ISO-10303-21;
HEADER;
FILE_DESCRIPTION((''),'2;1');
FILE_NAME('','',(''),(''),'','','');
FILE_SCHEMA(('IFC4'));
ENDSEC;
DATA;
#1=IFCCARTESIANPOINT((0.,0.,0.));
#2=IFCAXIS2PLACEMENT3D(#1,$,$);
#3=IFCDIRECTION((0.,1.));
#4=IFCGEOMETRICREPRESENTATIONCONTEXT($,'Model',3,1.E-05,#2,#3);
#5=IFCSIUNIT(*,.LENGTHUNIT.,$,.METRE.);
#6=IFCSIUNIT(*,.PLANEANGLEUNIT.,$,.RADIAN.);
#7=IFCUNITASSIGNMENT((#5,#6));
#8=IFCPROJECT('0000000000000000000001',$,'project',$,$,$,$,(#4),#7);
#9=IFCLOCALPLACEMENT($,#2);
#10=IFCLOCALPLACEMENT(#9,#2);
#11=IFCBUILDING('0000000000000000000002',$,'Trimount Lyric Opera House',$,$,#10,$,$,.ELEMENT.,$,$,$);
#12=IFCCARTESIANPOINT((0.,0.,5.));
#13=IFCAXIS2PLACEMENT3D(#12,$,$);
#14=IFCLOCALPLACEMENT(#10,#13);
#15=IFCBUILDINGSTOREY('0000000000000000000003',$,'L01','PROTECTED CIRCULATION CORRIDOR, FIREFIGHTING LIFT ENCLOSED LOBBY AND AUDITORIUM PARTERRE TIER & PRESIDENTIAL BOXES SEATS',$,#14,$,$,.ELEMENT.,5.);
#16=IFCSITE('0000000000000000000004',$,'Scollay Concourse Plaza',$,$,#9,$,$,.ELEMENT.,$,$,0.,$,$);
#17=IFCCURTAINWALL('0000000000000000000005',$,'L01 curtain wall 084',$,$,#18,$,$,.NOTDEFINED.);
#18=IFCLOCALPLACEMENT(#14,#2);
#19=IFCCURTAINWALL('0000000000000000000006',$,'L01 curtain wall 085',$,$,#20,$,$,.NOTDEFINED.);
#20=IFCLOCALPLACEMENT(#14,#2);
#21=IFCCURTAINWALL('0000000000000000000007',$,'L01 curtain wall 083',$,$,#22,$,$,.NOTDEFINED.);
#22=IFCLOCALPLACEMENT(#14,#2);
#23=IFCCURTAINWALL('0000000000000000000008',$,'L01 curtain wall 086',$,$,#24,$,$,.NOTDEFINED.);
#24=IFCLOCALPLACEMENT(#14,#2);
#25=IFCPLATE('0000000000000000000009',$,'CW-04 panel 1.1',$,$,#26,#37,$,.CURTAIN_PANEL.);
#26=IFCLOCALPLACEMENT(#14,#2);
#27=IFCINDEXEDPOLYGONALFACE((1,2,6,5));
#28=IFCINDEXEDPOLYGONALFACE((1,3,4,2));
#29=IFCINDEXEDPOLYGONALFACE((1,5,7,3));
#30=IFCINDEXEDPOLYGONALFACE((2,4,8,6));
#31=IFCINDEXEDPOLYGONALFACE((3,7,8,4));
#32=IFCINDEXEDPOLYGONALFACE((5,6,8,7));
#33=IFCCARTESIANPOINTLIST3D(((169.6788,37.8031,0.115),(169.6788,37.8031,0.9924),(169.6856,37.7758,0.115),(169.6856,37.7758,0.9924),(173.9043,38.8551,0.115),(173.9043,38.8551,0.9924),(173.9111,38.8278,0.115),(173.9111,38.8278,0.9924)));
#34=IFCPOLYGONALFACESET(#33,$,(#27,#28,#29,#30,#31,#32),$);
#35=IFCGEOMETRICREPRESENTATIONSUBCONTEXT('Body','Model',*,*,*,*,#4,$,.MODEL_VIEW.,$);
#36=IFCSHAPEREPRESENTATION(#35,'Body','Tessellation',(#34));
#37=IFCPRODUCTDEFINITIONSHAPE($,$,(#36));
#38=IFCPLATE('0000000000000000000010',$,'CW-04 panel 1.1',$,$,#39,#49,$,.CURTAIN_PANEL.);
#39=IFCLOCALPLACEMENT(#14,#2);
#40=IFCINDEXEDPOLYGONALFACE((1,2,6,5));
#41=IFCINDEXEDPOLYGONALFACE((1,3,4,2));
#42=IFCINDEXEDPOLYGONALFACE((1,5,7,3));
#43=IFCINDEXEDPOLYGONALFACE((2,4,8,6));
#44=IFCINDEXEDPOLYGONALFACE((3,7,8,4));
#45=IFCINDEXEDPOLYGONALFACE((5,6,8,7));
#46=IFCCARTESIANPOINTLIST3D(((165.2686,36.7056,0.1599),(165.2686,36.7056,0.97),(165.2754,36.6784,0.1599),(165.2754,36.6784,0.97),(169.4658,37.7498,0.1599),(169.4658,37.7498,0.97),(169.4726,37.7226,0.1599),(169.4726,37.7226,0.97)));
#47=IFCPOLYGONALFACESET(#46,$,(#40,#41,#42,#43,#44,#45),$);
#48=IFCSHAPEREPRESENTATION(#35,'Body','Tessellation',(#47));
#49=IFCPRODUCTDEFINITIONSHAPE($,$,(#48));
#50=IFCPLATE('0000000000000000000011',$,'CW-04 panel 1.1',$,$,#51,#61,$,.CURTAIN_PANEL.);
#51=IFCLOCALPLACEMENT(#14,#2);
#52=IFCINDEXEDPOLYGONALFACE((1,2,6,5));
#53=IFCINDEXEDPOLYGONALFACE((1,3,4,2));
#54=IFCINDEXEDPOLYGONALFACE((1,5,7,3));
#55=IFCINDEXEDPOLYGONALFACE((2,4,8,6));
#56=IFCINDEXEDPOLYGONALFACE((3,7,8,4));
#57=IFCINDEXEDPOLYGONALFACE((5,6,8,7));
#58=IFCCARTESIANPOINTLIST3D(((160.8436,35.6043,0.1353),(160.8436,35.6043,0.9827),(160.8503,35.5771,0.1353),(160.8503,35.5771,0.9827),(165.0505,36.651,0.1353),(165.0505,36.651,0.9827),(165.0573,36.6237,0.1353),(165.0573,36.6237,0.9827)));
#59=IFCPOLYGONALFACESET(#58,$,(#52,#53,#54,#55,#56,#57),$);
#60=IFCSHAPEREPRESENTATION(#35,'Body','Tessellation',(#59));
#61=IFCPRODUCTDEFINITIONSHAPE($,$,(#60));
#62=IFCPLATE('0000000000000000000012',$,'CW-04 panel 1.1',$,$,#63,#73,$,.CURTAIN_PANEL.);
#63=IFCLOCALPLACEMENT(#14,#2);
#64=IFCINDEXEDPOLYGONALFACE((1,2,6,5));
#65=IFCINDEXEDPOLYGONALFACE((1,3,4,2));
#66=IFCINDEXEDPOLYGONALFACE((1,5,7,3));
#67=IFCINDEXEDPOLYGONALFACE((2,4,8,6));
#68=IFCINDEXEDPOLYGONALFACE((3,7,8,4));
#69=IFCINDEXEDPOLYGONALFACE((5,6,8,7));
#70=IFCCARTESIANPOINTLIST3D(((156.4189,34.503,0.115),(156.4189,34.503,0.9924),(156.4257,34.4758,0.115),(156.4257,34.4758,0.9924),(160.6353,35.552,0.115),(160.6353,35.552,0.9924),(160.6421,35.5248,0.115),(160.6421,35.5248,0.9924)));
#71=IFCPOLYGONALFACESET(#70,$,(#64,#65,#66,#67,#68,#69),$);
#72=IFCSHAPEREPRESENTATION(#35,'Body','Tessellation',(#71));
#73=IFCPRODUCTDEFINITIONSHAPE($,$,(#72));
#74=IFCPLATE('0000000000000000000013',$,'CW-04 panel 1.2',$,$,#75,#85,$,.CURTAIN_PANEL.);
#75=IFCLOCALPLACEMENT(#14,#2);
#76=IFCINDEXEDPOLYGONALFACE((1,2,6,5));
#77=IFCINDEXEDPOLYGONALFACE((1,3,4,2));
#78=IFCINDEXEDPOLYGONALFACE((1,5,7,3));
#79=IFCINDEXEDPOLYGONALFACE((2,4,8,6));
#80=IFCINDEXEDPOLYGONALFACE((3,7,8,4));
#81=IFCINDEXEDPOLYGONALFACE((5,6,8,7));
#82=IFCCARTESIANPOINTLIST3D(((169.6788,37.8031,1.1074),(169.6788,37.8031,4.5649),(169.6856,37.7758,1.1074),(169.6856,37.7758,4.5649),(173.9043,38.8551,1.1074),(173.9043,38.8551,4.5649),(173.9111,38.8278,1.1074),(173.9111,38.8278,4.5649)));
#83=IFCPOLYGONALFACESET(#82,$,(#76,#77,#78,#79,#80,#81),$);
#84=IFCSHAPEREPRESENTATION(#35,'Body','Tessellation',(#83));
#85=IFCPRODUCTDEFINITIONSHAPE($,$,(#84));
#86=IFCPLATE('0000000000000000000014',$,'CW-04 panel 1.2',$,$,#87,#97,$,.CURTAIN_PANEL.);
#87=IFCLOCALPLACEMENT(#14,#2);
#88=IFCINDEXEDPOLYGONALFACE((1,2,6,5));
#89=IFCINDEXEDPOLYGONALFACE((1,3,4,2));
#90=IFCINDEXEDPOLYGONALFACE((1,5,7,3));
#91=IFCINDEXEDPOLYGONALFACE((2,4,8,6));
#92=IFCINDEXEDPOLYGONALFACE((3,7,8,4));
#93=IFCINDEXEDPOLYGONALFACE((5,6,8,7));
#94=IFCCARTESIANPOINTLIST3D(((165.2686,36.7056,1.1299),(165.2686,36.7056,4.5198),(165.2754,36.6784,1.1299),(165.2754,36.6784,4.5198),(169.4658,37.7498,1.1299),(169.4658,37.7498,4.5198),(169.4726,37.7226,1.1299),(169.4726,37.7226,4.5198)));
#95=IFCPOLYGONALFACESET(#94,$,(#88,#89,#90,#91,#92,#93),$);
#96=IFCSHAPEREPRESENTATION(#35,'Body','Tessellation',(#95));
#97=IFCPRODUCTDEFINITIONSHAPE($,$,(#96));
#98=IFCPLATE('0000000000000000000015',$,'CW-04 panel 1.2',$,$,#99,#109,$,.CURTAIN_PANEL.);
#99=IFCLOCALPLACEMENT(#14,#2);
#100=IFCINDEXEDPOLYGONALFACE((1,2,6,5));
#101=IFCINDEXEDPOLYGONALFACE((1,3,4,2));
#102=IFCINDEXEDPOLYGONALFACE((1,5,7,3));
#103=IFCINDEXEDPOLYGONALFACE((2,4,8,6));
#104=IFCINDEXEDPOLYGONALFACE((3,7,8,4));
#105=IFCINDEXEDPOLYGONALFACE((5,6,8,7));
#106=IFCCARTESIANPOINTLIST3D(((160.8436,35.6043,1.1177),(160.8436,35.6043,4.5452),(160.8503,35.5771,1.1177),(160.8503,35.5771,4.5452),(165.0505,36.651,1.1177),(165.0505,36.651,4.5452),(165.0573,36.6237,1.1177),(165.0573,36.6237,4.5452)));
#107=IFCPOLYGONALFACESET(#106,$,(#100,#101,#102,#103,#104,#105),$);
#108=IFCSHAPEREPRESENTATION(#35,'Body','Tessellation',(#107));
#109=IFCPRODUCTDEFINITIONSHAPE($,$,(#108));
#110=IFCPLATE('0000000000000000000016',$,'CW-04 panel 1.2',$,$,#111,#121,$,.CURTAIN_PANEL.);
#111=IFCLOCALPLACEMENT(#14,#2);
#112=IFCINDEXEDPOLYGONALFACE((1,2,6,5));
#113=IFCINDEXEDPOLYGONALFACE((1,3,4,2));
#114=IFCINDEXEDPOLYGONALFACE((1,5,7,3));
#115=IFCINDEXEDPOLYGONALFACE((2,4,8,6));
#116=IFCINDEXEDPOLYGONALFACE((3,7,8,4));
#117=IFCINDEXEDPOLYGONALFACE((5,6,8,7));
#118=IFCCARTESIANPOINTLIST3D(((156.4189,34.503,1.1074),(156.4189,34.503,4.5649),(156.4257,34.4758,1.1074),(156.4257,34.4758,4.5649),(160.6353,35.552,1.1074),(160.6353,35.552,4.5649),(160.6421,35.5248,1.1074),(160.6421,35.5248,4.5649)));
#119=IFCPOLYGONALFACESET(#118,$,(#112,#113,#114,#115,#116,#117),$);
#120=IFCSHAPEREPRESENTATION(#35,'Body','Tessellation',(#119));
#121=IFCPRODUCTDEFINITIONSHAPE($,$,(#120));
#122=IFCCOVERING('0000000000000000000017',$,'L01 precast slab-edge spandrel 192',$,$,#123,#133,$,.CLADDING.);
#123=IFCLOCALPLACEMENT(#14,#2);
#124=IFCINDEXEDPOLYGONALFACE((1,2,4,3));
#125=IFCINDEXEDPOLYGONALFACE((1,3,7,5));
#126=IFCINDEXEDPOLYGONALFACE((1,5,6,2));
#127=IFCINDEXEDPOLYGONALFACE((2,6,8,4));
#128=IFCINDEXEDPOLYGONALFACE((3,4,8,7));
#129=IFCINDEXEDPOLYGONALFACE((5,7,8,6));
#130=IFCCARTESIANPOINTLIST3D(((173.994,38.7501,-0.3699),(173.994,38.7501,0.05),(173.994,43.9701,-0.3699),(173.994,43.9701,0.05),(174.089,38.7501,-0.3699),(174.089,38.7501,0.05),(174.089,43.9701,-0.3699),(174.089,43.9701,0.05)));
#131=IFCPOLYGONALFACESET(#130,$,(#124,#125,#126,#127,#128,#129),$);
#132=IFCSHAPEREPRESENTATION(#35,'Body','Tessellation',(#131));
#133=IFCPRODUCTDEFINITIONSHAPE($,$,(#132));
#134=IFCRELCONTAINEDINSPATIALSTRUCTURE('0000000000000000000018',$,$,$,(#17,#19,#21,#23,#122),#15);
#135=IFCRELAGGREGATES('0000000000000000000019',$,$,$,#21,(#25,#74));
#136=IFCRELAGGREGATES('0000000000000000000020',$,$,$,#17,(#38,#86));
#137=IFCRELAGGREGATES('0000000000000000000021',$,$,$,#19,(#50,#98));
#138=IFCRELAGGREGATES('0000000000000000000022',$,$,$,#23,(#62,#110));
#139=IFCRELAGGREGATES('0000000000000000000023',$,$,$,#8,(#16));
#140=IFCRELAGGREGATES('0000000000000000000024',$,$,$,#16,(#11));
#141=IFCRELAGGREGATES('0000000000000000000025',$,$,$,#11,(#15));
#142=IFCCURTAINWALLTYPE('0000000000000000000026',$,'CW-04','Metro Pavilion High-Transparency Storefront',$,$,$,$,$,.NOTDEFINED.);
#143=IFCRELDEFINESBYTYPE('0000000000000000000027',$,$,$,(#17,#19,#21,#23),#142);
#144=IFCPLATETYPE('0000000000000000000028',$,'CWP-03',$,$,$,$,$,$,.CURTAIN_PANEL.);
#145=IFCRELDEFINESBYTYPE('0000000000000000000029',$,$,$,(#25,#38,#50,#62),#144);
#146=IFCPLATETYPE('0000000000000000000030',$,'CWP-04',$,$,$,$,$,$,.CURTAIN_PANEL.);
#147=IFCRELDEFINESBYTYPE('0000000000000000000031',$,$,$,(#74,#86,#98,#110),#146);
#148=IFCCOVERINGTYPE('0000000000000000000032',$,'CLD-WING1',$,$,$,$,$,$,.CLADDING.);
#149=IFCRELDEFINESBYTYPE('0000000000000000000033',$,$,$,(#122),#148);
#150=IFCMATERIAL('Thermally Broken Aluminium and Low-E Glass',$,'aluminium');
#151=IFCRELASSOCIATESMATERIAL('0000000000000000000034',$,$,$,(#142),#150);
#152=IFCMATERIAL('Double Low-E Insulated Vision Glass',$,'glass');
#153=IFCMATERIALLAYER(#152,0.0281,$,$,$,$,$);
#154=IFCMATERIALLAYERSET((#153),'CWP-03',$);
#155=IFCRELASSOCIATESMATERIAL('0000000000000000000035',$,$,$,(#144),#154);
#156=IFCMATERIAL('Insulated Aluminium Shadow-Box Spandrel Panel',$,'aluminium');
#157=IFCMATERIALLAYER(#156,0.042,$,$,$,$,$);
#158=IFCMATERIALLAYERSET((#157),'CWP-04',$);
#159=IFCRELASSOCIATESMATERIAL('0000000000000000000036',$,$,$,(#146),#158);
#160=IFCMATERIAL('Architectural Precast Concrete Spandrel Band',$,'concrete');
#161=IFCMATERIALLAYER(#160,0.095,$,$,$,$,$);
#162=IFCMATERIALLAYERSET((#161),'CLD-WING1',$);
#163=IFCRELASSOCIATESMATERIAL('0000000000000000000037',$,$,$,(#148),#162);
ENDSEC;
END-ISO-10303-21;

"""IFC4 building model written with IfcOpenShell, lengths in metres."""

from ifc_helpers import new_model, si_unit, direction, frame, origin, origin_2d, place, context, subcontext, project, spatial, rectangle, extrude, material, layer, layer_set, type_object, element, aggregate, save


model = new_model("IFC4")

# Units and contexts
model_context = context("Model", 3, precision=1e-05, world=origin(), true_north=direction((0.0, 1.0)))
body_context = subcontext(model_context, "Body", "Model", "MODEL_VIEW")
ifc_project = project(units=[si_unit("LENGTHUNIT", "METRE"), si_unit("PLANEANGLEUNIT", "RADIAN")], contexts=[model_context])

# Site, building, storey
site_placement = place(None, origin())
site = spatial("IfcSite", under=ifc_project, at=site_placement, Name="Scollay Concourse Plaza", CompositionType="ELEMENT", RefElevation=0.0)
building_placement = place(site_placement, origin())
building = spatial("IfcBuilding", under=site, at=building_placement, Name="Trimount Lyric Opera House", CompositionType="ELEMENT")
storey_placement = place(building_placement, frame((0.0, 0.0, 5.0)))
storey = spatial("IfcBuildingStorey", under=building, at=storey_placement, Name="L01", Description="PROTECTED CIRCULATION CORRIDOR, FIREFIGHTING LIFT ENCLOSED LOBBY AND AUDITORIUM PARTERRE TIER & PRESIDENTIAL BOXES SEATS", CompositionType="ELEMENT", Elevation=5.0)

# Curtain walls
ifc_material_1 = material(Name="Thermally Broken Aluminium and Low-E Glass", Category="aluminium")
curtain_wall_type = type_object("IfcCurtainWallType", Name="CW-04", Description="Metro Pavilion High-Transparency Storefront", PredefinedType="NOTDEFINED", material=ifc_material_1)
curtain_wall_1_placement = place(storey_placement, origin())
curtain_wall_1 = element("IfcCurtainWall", 1, at=curtain_wall_1_placement, inside=storey, type_object=curtain_wall_type, Name="L01 curtain wall 084", PredefinedType="NOTDEFINED")
curtain_wall_2_placement = place(storey_placement, origin())
curtain_wall_2 = element("IfcCurtainWall", 2, at=curtain_wall_2_placement, inside=storey, type_object=curtain_wall_type, Name="L01 curtain wall 085", PredefinedType="NOTDEFINED")
curtain_wall_3_placement = place(storey_placement, origin())
curtain_wall_3 = element("IfcCurtainWall", 3, at=curtain_wall_3_placement, inside=storey, type_object=curtain_wall_type, Name="L01 curtain wall 083", PredefinedType="NOTDEFINED")

# Curtain wall
curtain_wall_4_placement = place(storey_placement, origin())
curtain_wall_4 = element("IfcCurtainWall", 4, at=curtain_wall_4_placement, inside=storey, type_object=curtain_wall_type, Name="L01 curtain wall 086", PredefinedType="NOTDEFINED")

# Plates
ifc_material_2 = material(Name="Double Low-E Insulated Vision Glass", Category="glass")
ifc_layer_1 = layer(ifc_material_2, 0.0281)
ifc_layer_set_1 = layer_set([ifc_layer_1], Name="CWP-03")
plate_type_1 = type_object("IfcPlateType", Name="CWP-03", PredefinedType="CURTAIN_PANEL", material=ifc_layer_set_1)
plate_1_placement = place(storey_placement, frame((171.7949, 38.3154, 0.115), z_axis=(0.0, 0.0, 1.0), x_axis=(-0.970379, -0.241589, 0.0)))
plate_1 = element("IfcPlate", 5, at=plate_1_placement, type_object=plate_type_1, Name="CW-04 panel 1.1", PredefinedType="CURTAIN_PANEL", context=body_context, shape_type="SweptSolid", body=[
    extrude(rectangle(XDim=4.3545, YDim=0.0281, at=origin_2d()), origin(), (0.0, 0.0, 1.0), 0.8774),
])
plate_2_placement = place(storey_placement, frame((167.3706, 37.2141, 0.1599), z_axis=(0.0, 0.0, 1.0), x_axis=(-0.970419, -0.241429, 0.0)))
plate_2 = element("IfcPlate", 6, at=plate_2_placement, type_object=plate_type_1, Name="CW-04 panel 1.1", PredefinedType="CURTAIN_PANEL", context=body_context, shape_type="SweptSolid", body=[
    extrude(rectangle(XDim=4.3252, YDim=0.0281, at=origin_2d()), origin(), (0.0, 0.0, 1.0), 0.8101),
])
plate_3_placement = place(storey_placement, frame((162.9504, 36.114, 0.1353), z_axis=(0.0, 0.0, 1.0), x_axis=(-0.970419, -0.241429, 0.0)))
plate_3 = element("IfcPlate", 7, at=plate_3_placement, type_object=plate_type_1, Name="CW-04 panel 1.1", PredefinedType="CURTAIN_PANEL", context=body_context, shape_type="SweptSolid", body=[
    extrude(rectangle(XDim=4.3352, YDim=0.0281, at=origin_2d()), origin(), (0.0, 0.0, 1.0), 0.8474),
])
plate_4_placement = place(storey_placement, frame((158.5305, 35.0139, 0.115), z_axis=(0.0, 0.0, 1.0), x_axis=(-0.970419, -0.241429, 0.0)))
plate_4 = element("IfcPlate", 8, at=plate_4_placement, type_object=plate_type_1, Name="CW-04 panel 1.1", PredefinedType="CURTAIN_PANEL", context=body_context, shape_type="SweptSolid", body=[
    extrude(rectangle(XDim=4.345, YDim=0.0281, at=origin_2d()), origin(), (0.0, 0.0, 1.0), 0.8774),
])
ifc_material_3 = material(Name="Insulated Aluminium Shadow-Box Spandrel Panel", Category="aluminium")
ifc_layer_2 = layer(ifc_material_3, 0.042)
ifc_layer_set_2 = layer_set([ifc_layer_2], Name="CWP-04")
plate_type_2 = type_object("IfcPlateType", Name="CWP-04", PredefinedType="CURTAIN_PANEL", material=ifc_layer_set_2)
plate_5_placement = place(storey_placement, frame((171.7949, 38.3154, 1.1074), z_axis=(0.0, 0.0, 1.0), x_axis=(-0.970379, -0.241589, 0.0)))
plate_5 = element("IfcPlate", 9, at=plate_5_placement, type_object=plate_type_2, Name="CW-04 panel 1.2", PredefinedType="CURTAIN_PANEL", context=body_context, shape_type="SweptSolid", body=[
    extrude(rectangle(XDim=4.3545, YDim=0.0281, at=origin_2d()), origin(), (0.0, 0.0, 1.0), 3.4575),
])
aggregate(curtain_wall_3, [plate_1, plate_5])
plate_6_placement = place(storey_placement, frame((167.3706, 37.2141, 1.1299), z_axis=(0.0, 0.0, 1.0), x_axis=(-0.970419, -0.241429, 0.0)))
plate_6 = element("IfcPlate", 10, at=plate_6_placement, type_object=plate_type_2, Name="CW-04 panel 1.2", PredefinedType="CURTAIN_PANEL", context=body_context, shape_type="SweptSolid", body=[
    extrude(rectangle(XDim=4.3252, YDim=0.0281, at=origin_2d()), origin(), (0.0, 0.0, 1.0), 3.3899),
])
aggregate(curtain_wall_1, [plate_2, plate_6])
plate_7_placement = place(storey_placement, frame((162.9504, 36.114, 1.1177), z_axis=(0.0, 0.0, 1.0), x_axis=(-0.970419, -0.241429, 0.0)))
plate_7 = element("IfcPlate", 11, at=plate_7_placement, type_object=plate_type_2, Name="CW-04 panel 1.2", PredefinedType="CURTAIN_PANEL", context=body_context, shape_type="SweptSolid", body=[
    extrude(rectangle(XDim=4.3352, YDim=0.0281, at=origin_2d()), origin(), (0.0, 0.0, 1.0), 3.4275),
])
aggregate(curtain_wall_2, [plate_3, plate_7])
plate_8_placement = place(storey_placement, frame((158.5305, 35.0139, 1.1074), z_axis=(0.0, 0.0, 1.0), x_axis=(-0.970419, -0.241429, 0.0)))
plate_8 = element("IfcPlate", 12, at=plate_8_placement, type_object=plate_type_2, Name="CW-04 panel 1.2", PredefinedType="CURTAIN_PANEL", context=body_context, shape_type="SweptSolid", body=[
    extrude(rectangle(XDim=4.345, YDim=0.0281, at=origin_2d()), origin(), (0.0, 0.0, 1.0), 3.4575),
])
aggregate(curtain_wall_4, [plate_4, plate_8])

# Covering
ifc_material_4 = material(Name="Architectural Precast Concrete Spandrel Band", Category="concrete")
ifc_layer_3 = layer(ifc_material_4, 0.095)
ifc_layer_set_3 = layer_set([ifc_layer_3], Name="CLD-WING1")
covering_type = type_object("IfcCoveringType", Name="CLD-WING1", PredefinedType="CLADDING", material=ifc_layer_set_3)
covering_placement = place(storey_placement, frame((174.0415, 41.3601, -0.3699), z_axis=(0.0, 0.0, 1.0), x_axis=(0.0, -1.0, 0.0)))
element("IfcCovering", 13, at=covering_placement, inside=storey, type_object=covering_type, Name="L01 precast slab-edge spandrel 192", PredefinedType="CLADDING", context=body_context, shape_type="SweptSolid", body=[
    extrude(rectangle(XDim=5.22, YDim=0.095, at=origin_2d()), origin(), (0.0, 0.0, 1.0), 0.4199),
])

save(model, "model.ifc")
